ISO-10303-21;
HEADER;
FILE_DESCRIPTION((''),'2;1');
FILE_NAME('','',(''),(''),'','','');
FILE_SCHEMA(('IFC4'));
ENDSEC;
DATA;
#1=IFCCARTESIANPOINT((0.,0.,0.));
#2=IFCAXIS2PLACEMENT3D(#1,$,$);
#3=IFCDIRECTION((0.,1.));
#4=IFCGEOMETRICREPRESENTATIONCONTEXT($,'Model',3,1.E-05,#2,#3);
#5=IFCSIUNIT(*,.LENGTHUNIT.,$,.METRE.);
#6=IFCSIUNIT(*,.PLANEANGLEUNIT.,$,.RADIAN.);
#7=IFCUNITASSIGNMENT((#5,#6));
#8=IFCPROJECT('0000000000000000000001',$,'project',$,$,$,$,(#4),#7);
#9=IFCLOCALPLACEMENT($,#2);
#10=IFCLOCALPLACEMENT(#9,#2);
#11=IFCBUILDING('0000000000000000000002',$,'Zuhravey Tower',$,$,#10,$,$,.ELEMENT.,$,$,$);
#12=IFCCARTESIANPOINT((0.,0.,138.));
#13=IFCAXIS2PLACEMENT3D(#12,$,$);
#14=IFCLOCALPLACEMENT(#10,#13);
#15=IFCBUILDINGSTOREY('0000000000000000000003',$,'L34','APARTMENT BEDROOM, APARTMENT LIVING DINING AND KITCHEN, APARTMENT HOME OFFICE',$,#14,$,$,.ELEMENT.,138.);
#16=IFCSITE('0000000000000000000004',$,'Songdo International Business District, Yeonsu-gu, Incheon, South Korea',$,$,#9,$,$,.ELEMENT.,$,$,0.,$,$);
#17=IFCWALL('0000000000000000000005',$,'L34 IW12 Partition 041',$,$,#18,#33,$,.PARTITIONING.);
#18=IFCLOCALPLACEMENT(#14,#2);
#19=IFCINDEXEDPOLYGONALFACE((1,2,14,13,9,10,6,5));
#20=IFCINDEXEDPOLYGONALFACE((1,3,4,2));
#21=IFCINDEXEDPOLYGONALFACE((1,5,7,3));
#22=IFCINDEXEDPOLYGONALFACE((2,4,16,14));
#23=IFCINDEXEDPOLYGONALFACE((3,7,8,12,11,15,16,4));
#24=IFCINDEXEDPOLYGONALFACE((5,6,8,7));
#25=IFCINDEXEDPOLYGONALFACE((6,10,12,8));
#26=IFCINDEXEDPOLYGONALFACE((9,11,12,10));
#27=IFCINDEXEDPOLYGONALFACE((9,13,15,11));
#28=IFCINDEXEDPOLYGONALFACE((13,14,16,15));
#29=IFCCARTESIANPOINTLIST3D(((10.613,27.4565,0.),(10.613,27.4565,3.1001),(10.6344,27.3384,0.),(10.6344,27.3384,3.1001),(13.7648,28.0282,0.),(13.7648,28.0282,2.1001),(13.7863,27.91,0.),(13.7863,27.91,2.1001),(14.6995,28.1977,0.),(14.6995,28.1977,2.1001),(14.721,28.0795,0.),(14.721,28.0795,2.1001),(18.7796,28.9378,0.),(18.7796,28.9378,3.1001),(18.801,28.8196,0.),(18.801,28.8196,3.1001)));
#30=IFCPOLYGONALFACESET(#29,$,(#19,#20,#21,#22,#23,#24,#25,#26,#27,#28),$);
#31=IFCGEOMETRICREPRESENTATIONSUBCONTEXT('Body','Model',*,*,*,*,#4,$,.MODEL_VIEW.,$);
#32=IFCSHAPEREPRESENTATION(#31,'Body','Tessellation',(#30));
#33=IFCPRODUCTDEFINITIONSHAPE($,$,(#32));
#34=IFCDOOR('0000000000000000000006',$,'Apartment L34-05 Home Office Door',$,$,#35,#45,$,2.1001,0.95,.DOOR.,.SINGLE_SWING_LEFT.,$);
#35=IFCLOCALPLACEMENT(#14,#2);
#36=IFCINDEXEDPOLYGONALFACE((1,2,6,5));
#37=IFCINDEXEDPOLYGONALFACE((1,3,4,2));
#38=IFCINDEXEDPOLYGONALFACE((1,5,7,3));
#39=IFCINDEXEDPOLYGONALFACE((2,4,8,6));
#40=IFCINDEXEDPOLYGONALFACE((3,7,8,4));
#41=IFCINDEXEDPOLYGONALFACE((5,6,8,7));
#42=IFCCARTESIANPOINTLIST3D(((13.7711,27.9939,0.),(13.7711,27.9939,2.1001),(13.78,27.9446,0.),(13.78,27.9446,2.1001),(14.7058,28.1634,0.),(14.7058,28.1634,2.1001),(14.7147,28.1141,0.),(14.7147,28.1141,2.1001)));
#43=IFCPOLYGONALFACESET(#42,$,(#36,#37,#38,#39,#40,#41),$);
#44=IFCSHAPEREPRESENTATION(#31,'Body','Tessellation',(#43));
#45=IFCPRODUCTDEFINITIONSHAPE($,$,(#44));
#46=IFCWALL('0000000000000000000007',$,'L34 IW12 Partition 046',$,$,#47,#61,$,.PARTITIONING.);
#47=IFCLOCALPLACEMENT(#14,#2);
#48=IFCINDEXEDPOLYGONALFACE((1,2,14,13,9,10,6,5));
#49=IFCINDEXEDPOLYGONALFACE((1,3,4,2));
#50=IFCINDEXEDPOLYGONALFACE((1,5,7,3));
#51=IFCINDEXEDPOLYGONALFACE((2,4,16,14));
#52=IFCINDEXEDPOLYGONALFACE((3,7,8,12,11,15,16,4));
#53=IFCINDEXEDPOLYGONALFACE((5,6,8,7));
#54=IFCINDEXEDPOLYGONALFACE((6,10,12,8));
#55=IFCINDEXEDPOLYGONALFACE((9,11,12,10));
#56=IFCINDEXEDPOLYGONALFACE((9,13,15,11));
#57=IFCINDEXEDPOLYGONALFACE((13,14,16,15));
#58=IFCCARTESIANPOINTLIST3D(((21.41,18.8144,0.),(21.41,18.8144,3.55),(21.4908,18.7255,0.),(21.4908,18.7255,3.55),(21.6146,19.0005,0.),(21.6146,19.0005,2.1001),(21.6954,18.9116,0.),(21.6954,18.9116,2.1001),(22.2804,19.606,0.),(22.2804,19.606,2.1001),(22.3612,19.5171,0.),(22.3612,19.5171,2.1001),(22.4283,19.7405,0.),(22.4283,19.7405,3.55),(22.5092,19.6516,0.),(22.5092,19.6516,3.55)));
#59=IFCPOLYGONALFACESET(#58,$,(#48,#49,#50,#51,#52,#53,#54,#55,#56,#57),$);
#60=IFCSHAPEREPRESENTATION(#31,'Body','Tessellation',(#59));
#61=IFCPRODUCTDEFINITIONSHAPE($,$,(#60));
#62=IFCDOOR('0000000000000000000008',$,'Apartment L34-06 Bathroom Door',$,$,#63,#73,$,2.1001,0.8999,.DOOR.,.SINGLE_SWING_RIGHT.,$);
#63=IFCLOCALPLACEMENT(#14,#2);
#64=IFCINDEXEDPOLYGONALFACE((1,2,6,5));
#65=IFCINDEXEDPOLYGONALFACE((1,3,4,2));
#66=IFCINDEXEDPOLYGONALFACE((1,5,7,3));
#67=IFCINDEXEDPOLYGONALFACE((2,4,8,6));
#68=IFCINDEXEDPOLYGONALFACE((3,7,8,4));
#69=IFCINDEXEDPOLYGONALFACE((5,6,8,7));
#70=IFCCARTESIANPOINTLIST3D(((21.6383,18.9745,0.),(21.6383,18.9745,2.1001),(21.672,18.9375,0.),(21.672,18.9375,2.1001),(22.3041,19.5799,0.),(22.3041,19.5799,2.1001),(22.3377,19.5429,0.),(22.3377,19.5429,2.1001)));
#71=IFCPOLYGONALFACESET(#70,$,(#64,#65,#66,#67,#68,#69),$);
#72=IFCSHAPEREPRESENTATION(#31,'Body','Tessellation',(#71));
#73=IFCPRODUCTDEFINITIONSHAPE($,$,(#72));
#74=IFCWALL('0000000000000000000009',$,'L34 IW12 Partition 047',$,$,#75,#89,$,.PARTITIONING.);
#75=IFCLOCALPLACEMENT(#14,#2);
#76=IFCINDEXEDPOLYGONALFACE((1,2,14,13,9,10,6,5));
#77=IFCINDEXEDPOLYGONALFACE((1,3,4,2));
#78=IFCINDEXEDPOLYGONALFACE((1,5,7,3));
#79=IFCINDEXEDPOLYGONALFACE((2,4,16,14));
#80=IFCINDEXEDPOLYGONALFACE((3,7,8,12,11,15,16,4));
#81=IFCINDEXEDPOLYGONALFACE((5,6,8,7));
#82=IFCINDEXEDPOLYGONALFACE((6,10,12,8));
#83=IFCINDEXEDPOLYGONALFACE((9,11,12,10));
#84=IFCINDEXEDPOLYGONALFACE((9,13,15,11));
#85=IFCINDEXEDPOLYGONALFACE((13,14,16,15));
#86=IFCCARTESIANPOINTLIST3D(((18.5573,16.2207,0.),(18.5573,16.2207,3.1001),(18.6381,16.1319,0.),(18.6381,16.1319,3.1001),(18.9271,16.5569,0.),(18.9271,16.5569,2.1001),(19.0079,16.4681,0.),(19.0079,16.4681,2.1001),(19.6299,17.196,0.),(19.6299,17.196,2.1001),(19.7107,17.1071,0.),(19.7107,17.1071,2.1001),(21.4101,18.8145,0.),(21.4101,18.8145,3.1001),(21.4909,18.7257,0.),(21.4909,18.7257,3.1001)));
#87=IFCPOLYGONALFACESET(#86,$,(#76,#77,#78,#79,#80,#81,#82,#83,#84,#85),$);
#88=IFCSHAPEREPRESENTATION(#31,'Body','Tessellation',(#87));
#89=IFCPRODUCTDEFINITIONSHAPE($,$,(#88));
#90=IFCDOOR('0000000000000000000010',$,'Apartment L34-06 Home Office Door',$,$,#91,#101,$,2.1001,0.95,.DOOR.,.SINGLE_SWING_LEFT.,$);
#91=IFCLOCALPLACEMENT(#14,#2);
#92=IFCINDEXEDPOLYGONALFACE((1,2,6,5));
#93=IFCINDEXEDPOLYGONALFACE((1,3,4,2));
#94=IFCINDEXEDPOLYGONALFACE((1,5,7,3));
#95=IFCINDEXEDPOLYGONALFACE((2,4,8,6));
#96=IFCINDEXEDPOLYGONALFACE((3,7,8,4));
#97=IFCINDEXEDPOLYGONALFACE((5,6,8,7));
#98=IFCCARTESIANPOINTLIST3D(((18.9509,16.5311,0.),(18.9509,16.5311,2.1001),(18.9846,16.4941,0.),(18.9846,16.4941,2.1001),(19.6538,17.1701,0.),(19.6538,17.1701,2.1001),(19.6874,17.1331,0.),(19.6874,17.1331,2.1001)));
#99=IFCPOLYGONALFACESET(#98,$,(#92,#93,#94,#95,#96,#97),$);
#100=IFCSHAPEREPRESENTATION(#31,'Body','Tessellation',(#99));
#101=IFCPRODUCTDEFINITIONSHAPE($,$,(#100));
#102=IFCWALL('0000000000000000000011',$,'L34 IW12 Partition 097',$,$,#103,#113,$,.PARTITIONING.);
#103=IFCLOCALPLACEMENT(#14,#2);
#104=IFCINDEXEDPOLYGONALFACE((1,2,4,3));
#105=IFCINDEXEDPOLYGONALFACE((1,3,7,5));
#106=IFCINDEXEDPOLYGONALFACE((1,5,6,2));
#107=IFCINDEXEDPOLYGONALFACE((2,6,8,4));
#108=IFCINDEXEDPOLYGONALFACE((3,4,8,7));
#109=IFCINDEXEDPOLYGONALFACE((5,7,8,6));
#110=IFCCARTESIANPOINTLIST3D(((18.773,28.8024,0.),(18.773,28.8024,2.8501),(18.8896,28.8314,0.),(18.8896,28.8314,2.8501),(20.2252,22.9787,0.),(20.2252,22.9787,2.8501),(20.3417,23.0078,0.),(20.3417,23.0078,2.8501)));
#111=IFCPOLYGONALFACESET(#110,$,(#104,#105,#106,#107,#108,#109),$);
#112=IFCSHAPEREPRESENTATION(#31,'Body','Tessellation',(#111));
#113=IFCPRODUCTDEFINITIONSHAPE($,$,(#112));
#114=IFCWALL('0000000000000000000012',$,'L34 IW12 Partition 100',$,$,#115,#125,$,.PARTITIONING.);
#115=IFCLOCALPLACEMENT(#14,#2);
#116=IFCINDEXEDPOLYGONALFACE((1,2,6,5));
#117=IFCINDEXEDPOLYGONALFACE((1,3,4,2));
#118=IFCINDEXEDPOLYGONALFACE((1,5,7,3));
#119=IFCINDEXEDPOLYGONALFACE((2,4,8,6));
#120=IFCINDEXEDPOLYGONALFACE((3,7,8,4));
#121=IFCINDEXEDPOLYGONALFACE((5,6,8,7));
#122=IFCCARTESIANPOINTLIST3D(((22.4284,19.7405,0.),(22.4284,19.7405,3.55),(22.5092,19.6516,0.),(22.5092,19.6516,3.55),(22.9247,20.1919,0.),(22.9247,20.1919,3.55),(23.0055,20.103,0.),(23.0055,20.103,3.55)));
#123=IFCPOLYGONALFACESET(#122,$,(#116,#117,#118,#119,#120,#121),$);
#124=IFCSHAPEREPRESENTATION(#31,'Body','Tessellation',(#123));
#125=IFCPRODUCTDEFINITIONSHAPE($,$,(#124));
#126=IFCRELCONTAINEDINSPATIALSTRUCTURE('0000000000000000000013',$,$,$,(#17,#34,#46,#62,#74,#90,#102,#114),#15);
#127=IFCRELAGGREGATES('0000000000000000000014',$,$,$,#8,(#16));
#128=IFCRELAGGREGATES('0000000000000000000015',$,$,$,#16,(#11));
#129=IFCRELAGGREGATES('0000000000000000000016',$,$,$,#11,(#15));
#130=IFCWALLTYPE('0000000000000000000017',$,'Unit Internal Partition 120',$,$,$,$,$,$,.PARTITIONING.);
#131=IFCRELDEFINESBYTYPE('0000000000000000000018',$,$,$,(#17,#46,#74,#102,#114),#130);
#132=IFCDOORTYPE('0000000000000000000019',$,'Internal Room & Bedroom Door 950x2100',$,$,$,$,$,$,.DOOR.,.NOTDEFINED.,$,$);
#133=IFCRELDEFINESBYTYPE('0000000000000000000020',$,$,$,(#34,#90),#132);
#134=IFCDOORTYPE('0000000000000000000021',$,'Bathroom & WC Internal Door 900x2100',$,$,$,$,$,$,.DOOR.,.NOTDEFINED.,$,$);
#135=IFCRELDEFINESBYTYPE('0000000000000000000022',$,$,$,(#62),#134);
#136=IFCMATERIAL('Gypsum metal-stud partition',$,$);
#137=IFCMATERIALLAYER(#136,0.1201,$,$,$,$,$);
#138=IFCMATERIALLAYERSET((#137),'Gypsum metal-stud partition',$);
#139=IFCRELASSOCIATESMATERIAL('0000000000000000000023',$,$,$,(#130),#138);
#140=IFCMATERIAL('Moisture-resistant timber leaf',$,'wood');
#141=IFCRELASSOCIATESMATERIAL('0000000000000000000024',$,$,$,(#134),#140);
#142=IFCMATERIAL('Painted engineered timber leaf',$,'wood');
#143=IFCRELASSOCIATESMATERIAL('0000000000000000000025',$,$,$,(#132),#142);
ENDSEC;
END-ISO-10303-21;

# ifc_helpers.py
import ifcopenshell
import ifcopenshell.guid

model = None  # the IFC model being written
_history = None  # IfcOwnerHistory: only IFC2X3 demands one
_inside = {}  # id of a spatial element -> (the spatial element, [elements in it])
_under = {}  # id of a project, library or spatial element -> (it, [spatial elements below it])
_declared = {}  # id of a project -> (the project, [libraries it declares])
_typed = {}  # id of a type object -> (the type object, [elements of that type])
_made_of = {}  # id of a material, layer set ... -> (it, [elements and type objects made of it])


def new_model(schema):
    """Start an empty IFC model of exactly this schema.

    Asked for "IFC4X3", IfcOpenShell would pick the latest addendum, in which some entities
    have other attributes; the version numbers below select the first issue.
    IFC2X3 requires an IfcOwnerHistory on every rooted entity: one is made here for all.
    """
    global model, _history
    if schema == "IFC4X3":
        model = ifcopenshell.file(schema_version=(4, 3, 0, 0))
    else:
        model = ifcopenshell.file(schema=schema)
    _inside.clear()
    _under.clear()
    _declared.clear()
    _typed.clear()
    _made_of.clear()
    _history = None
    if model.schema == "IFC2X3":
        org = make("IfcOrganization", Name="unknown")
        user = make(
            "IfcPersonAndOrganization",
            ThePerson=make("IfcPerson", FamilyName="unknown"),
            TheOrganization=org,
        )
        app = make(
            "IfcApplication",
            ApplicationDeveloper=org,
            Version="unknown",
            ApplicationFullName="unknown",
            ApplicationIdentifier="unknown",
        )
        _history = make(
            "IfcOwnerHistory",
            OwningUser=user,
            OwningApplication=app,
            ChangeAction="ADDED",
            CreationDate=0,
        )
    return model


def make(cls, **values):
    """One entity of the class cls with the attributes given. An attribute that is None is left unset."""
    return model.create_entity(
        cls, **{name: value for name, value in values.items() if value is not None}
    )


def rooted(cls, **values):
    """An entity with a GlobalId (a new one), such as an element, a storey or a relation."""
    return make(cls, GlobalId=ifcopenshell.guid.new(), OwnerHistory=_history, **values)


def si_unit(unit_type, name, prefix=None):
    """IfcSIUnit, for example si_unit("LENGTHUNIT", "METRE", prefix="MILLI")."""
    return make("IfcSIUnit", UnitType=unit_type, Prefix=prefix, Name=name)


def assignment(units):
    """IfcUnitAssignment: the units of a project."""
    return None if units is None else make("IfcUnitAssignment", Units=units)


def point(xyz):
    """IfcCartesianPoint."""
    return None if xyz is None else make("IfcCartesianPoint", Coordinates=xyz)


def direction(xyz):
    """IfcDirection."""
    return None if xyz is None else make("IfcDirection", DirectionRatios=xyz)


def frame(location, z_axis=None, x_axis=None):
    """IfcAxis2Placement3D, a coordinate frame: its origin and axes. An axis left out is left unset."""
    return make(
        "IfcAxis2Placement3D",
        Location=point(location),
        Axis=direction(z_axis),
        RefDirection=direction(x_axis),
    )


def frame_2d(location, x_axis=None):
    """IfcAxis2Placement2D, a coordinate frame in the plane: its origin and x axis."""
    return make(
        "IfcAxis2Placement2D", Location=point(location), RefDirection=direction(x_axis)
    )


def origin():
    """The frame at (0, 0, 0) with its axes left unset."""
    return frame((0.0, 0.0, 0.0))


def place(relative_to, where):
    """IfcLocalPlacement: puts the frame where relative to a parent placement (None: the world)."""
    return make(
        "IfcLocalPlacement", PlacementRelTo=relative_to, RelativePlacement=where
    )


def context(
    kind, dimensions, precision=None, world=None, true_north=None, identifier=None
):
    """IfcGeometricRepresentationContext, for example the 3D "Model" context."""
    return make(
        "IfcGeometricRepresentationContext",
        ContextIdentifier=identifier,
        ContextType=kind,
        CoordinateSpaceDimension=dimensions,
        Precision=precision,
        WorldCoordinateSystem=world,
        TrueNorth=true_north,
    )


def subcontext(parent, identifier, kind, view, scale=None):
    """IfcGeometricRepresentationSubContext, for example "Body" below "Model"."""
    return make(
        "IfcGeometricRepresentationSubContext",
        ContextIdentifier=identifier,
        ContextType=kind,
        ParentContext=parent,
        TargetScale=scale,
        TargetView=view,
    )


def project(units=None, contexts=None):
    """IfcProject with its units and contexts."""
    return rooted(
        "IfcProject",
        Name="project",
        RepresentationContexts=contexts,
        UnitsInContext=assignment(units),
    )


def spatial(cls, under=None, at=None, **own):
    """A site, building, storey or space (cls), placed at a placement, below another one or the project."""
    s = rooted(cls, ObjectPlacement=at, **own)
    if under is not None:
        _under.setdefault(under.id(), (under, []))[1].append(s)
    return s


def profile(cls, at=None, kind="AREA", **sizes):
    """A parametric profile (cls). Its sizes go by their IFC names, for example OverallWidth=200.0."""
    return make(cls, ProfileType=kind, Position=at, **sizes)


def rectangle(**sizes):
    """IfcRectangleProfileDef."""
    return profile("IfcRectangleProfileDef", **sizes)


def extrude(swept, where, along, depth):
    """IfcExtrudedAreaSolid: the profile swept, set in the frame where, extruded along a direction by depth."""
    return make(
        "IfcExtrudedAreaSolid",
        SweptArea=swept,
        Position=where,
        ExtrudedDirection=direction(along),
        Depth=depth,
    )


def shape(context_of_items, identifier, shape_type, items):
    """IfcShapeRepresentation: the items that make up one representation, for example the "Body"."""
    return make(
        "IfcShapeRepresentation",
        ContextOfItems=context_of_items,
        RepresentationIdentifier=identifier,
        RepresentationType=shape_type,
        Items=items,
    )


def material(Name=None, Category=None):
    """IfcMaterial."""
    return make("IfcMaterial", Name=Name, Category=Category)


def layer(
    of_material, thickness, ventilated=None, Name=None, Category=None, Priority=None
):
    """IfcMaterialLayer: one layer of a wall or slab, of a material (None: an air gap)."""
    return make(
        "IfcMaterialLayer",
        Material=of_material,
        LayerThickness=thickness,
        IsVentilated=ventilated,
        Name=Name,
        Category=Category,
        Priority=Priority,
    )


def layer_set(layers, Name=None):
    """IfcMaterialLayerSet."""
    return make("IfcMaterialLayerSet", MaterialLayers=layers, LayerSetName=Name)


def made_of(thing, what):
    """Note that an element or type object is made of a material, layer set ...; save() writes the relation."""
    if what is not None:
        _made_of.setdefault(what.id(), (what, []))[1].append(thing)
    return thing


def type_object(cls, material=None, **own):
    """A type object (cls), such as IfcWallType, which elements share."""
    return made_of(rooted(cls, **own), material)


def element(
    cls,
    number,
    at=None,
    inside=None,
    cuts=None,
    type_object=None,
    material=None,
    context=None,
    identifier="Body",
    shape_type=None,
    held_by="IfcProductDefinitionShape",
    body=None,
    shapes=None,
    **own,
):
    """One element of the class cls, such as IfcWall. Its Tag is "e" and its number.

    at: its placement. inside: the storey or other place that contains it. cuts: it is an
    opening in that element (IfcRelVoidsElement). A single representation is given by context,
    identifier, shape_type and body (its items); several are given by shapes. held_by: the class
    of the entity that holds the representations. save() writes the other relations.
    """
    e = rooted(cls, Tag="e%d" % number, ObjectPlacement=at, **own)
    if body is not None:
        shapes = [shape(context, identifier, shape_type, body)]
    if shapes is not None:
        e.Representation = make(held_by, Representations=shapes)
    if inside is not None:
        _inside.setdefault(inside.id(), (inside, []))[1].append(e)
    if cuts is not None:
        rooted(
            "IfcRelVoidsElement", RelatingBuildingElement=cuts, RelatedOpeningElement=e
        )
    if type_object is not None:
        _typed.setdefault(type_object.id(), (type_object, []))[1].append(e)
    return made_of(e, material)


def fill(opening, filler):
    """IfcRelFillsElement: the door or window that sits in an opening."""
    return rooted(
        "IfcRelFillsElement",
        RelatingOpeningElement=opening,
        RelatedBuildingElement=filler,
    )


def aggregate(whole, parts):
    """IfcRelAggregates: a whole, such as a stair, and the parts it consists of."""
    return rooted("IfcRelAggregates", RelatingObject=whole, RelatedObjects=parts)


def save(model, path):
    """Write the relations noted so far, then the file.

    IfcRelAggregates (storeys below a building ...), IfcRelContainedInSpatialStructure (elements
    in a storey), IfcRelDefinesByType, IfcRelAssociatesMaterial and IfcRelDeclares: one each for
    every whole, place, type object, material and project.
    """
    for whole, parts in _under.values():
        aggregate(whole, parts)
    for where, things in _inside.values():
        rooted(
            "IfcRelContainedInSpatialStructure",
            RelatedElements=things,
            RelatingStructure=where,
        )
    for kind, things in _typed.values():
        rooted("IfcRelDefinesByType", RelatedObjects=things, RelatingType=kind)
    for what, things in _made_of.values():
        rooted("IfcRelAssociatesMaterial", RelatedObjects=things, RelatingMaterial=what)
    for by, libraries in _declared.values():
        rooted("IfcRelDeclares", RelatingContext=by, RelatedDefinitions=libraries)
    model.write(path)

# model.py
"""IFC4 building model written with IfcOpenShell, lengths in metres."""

from ifc_helpers import new_model, si_unit, direction, frame, frame_2d, origin, place, context, subcontext, project, spatial, rectangle, extrude, material, layer, layer_set, type_object, element, fill, save


model = new_model("IFC4")

# Units and contexts
model_context = context("Model", 3, precision=1e-05, world=origin(), true_north=direction((0.0, 1.0)))
body_context = subcontext(model_context, "Body", "Model", "MODEL_VIEW")
ifc_project = project(units=[si_unit("LENGTHUNIT", "METRE"), si_unit("PLANEANGLEUNIT", "RADIAN")], contexts=[model_context])

# Site, building, storey
site_placement = place(None, origin())
site = spatial("IfcSite", under=ifc_project, at=site_placement, Name="Songdo International Business District, Yeonsu-gu, Incheon, South Korea", CompositionType="ELEMENT", RefElevation=0.0)
building_placement = place(site_placement, origin())
building = spatial("IfcBuilding", under=site, at=building_placement, Name="Zuhravey Tower", CompositionType="ELEMENT")
storey_placement = place(building_placement, frame((0.0, 0.0, 138.0)))
storey = spatial("IfcBuildingStorey", under=building, at=storey_placement, Name="L34", Description="APARTMENT BEDROOM, APARTMENT LIVING DINING AND KITCHEN, APARTMENT HOME OFFICE", CompositionType="ELEMENT", Elevation=138.0)

# Walls, openings, doors
ifc_material_1 = material(Name="Gypsum metal-stud partition")
ifc_layer_1 = layer(ifc_material_1, 0.1201)
ifc_layer_set_1 = layer_set([ifc_layer_1], Name="Gypsum metal-stud partition")
wall_type_1 = type_object("IfcWallType", Name="Unit Internal Partition 120", PredefinedType="PARTITIONING", material=ifc_layer_set_1)
ifc_material_2 = material(Name="Moisture-resistant timber leaf", Category="wood")
door_type_1 = type_object("IfcDoorType", Name="Bathroom & WC Internal Door 900x2100", OperationType="NOTDEFINED", PredefinedType="DOOR", material=ifc_material_2)
wall_1_placement = place(storey_placement, frame((18.7903, 28.8787, 0.0), z_axis=(0.0, 0.0, 1.0), x_axis=(-0.983947, -0.178463, 0.0)))
wall_1 = element("IfcWall", 1, at=wall_1_placement, inside=storey, type_object=wall_type_1, Name="L34 IW12 Partition 041", PredefinedType="PARTITIONING", context=body_context, shape_type="SweptSolid", body=[
    extrude(rectangle(XDim=8.2998, YDim=0.1201, at=frame_2d((4.1499, 0.0))), origin(), (0.0, 0.0, 1.0), 3.1001),
])
opening_1_placement = place(wall_1_placement, frame((4.1465, 0.0, 0.0)))
opening_1 = element("IfcOpeningElement", 2, at=opening_1_placement, cuts=wall_1, PredefinedType="OPENING", context=body_context, shape_type="SweptSolid", body=[
    extrude(rectangle(XDim=0.95, YDim=2.1001, at=frame_2d((0.4751, 1.05))), frame((0.0, 0.072, 0.0), z_axis=(0.0, -1.0, 0.0), x_axis=(1.0, 0.0, 0.0)), (0.0, 0.0, 1.0), 0.144),
])
ifc_material_3 = material(Name="Painted engineered timber leaf", Category="wood")
door_type_2 = type_object("IfcDoorType", Name="Internal Room & Bedroom Door 950x2100", OperationType="NOTDEFINED", PredefinedType="DOOR", material=ifc_material_3)
door_1_placement = place(opening_1_placement, origin())
door_1 = element("IfcDoor", 3, at=door_1_placement, inside=storey, type_object=door_type_2, Name="Apartment L34-05 Home Office Door", OperationType="SINGLE_SWING_LEFT", OverallHeight=2.1001, OverallWidth=0.95, PredefinedType="DOOR", context=body_context, shape_type="SweptSolid", body=[
    extrude(rectangle(XDim=0.95, YDim=2.1001, at=frame_2d((0.4751, 1.05))), frame((0.0, 0.0249, 0.0), z_axis=(0.0, -1.0, 0.0), x_axis=(1.0, 0.0, 0.0)), (0.0, 0.0, 1.0), 0.05),
])
fill(opening_1, door_1)
wall_2_placement = place(storey_placement, frame((22.4688, 19.696, 0.0), z_axis=(0.0, 0.0, 1.0), x_axis=(-0.739836, -0.672788, 0.0)))
wall_2 = element("IfcWall", 4, at=wall_2_placement, inside=storey, type_object=wall_type_1, Name="L34 IW12 Partition 046", PredefinedType="PARTITIONING", context=body_context, shape_type="SweptSolid", body=[
    extrude(rectangle(XDim=1.3765, YDim=0.1201, at=frame_2d((0.6882, 0.0))), origin(), (0.0, 0.0, 1.0), 3.55),
])
opening_2_placement = place(wall_2_placement, frame((0.2, 0.0, 0.0)))
opening_2 = element("IfcOpeningElement", 5, at=opening_2_placement, cuts=wall_2, PredefinedType="OPENING", context=body_context, shape_type="SweptSolid", body=[
    extrude(rectangle(XDim=0.8999, YDim=2.1001, at=frame_2d((0.45, 1.05))), frame((0.0, 0.072, 0.0), z_axis=(0.0, -1.0, 0.0), x_axis=(1.0, 0.0, 0.0)), (0.0, 0.0, 1.0), 0.144),
])
door_2_placement = place(opening_2_placement, frame((0.8999, 0.0, 0.0), z_axis=(0.0, 0.0, 1.0), x_axis=(-1.0, 0.0, 0.0)))
door_2 = element("IfcDoor", 6, at=door_2_placement, inside=storey, type_object=door_type_1, Name="Apartment L34-06 Bathroom Door", OperationType="SINGLE_SWING_RIGHT", OverallHeight=2.1001, OverallWidth=0.8999, PredefinedType="DOOR", context=body_context, shape_type="SweptSolid", body=[
    extrude(rectangle(XDim=0.8999, YDim=2.1001, at=frame_2d((0.45, 1.05))), frame((0.0, 0.0249, 0.0), z_axis=(0.0, -1.0, 0.0), x_axis=(1.0, 0.0, 0.0)), (0.0, 0.0, 1.0), 0.05),
])
fill(opening_2, door_2)
wall_3_placement = place(storey_placement, frame((21.4504, 18.77, 0.0), z_axis=(0.0, 0.0, 1.0), x_axis=(-0.7399, -0.672717, 0.0)))
wall_3 = element("IfcWall", 7, at=wall_3_placement, inside=storey, type_object=wall_type_1, Name="L34 IW12 Partition 047", PredefinedType="PARTITIONING", context=body_context, shape_type="SweptSolid", body=[
    extrude(rectangle(XDim=3.8557, YDim=0.1201, at=frame_2d((1.9277, 0.0))), origin(), (0.0, 0.0, 1.0), 3.1001),
])
opening_3_placement = place(wall_3_placement, frame((2.4058, 0.0, 0.0)))
opening_3 = element("IfcOpeningElement", 8, at=opening_3_placement, cuts=wall_3, PredefinedType="OPENING", context=body_context, shape_type="SweptSolid", body=[
    extrude(rectangle(XDim=0.95, YDim=2.1001, at=frame_2d((0.4751, 1.05))), frame((0.0, 0.072, 0.0), z_axis=(0.0, -1.0, 0.0), x_axis=(1.0, 0.0, 0.0)), (0.0, 0.0, 1.0), 0.144),
])
door_3_placement = place(opening_3_placement, frame((0.95, 0.0, 0.0), z_axis=(0.0, 0.0, 1.0), x_axis=(-1.0, 0.0, 0.0)))
door_3 = element("IfcDoor", 9, at=door_3_placement, inside=storey, type_object=door_type_2, Name="Apartment L34-06 Home Office Door", OperationType="SINGLE_SWING_LEFT", OverallHeight=2.1001, OverallWidth=0.95, PredefinedType="DOOR", context=body_context, shape_type="SweptSolid", body=[
    extrude(rectangle(XDim=0.95, YDim=2.1001, at=frame_2d((0.4751, 1.05))), frame((0.0, 0.0249, 0.0), z_axis=(0.0, -1.0, 0.0), x_axis=(1.0, 0.0, 0.0)), (0.0, 0.0, 1.0), 0.05),
])
fill(opening_3, door_3)

# Walls
wall_4_placement = place(storey_placement, frame((18.8313, 28.8169, 0.0), z_axis=(0.0, 0.0, 1.0), x_axis=(0.241942, -0.970291, 0.0)))
element("IfcWall", 10, at=wall_4_placement, inside=storey, type_object=wall_type_1, Name="L34 IW12 Partition 097", PredefinedType="PARTITIONING", context=body_context, shape_type="SweptSolid", body=[
    extrude(rectangle(XDim=6.002, YDim=0.1201, at=frame_2d((3.001, 0.0))), origin(), (0.0, 0.0, 1.0), 2.8501),
])
wall_5_placement = place(storey_placement, frame((22.9651, 20.1475, 0.0), z_axis=(0.0, 0.0, 1.0), x_axis=(-0.739792, -0.672836, 0.0)))
element("IfcWall", 11, at=wall_5_placement, inside=storey, type_object=wall_type_1, Name="L34 IW12 Partition 100", PredefinedType="PARTITIONING", context=body_context, shape_type="SweptSolid", body=[
    extrude(rectangle(XDim=0.6709, YDim=0.1201, at=frame_2d((0.3354, 0.0))), origin(), (0.0, 0.0, 1.0), 3.55),
])

save(model, "model.ifc")
